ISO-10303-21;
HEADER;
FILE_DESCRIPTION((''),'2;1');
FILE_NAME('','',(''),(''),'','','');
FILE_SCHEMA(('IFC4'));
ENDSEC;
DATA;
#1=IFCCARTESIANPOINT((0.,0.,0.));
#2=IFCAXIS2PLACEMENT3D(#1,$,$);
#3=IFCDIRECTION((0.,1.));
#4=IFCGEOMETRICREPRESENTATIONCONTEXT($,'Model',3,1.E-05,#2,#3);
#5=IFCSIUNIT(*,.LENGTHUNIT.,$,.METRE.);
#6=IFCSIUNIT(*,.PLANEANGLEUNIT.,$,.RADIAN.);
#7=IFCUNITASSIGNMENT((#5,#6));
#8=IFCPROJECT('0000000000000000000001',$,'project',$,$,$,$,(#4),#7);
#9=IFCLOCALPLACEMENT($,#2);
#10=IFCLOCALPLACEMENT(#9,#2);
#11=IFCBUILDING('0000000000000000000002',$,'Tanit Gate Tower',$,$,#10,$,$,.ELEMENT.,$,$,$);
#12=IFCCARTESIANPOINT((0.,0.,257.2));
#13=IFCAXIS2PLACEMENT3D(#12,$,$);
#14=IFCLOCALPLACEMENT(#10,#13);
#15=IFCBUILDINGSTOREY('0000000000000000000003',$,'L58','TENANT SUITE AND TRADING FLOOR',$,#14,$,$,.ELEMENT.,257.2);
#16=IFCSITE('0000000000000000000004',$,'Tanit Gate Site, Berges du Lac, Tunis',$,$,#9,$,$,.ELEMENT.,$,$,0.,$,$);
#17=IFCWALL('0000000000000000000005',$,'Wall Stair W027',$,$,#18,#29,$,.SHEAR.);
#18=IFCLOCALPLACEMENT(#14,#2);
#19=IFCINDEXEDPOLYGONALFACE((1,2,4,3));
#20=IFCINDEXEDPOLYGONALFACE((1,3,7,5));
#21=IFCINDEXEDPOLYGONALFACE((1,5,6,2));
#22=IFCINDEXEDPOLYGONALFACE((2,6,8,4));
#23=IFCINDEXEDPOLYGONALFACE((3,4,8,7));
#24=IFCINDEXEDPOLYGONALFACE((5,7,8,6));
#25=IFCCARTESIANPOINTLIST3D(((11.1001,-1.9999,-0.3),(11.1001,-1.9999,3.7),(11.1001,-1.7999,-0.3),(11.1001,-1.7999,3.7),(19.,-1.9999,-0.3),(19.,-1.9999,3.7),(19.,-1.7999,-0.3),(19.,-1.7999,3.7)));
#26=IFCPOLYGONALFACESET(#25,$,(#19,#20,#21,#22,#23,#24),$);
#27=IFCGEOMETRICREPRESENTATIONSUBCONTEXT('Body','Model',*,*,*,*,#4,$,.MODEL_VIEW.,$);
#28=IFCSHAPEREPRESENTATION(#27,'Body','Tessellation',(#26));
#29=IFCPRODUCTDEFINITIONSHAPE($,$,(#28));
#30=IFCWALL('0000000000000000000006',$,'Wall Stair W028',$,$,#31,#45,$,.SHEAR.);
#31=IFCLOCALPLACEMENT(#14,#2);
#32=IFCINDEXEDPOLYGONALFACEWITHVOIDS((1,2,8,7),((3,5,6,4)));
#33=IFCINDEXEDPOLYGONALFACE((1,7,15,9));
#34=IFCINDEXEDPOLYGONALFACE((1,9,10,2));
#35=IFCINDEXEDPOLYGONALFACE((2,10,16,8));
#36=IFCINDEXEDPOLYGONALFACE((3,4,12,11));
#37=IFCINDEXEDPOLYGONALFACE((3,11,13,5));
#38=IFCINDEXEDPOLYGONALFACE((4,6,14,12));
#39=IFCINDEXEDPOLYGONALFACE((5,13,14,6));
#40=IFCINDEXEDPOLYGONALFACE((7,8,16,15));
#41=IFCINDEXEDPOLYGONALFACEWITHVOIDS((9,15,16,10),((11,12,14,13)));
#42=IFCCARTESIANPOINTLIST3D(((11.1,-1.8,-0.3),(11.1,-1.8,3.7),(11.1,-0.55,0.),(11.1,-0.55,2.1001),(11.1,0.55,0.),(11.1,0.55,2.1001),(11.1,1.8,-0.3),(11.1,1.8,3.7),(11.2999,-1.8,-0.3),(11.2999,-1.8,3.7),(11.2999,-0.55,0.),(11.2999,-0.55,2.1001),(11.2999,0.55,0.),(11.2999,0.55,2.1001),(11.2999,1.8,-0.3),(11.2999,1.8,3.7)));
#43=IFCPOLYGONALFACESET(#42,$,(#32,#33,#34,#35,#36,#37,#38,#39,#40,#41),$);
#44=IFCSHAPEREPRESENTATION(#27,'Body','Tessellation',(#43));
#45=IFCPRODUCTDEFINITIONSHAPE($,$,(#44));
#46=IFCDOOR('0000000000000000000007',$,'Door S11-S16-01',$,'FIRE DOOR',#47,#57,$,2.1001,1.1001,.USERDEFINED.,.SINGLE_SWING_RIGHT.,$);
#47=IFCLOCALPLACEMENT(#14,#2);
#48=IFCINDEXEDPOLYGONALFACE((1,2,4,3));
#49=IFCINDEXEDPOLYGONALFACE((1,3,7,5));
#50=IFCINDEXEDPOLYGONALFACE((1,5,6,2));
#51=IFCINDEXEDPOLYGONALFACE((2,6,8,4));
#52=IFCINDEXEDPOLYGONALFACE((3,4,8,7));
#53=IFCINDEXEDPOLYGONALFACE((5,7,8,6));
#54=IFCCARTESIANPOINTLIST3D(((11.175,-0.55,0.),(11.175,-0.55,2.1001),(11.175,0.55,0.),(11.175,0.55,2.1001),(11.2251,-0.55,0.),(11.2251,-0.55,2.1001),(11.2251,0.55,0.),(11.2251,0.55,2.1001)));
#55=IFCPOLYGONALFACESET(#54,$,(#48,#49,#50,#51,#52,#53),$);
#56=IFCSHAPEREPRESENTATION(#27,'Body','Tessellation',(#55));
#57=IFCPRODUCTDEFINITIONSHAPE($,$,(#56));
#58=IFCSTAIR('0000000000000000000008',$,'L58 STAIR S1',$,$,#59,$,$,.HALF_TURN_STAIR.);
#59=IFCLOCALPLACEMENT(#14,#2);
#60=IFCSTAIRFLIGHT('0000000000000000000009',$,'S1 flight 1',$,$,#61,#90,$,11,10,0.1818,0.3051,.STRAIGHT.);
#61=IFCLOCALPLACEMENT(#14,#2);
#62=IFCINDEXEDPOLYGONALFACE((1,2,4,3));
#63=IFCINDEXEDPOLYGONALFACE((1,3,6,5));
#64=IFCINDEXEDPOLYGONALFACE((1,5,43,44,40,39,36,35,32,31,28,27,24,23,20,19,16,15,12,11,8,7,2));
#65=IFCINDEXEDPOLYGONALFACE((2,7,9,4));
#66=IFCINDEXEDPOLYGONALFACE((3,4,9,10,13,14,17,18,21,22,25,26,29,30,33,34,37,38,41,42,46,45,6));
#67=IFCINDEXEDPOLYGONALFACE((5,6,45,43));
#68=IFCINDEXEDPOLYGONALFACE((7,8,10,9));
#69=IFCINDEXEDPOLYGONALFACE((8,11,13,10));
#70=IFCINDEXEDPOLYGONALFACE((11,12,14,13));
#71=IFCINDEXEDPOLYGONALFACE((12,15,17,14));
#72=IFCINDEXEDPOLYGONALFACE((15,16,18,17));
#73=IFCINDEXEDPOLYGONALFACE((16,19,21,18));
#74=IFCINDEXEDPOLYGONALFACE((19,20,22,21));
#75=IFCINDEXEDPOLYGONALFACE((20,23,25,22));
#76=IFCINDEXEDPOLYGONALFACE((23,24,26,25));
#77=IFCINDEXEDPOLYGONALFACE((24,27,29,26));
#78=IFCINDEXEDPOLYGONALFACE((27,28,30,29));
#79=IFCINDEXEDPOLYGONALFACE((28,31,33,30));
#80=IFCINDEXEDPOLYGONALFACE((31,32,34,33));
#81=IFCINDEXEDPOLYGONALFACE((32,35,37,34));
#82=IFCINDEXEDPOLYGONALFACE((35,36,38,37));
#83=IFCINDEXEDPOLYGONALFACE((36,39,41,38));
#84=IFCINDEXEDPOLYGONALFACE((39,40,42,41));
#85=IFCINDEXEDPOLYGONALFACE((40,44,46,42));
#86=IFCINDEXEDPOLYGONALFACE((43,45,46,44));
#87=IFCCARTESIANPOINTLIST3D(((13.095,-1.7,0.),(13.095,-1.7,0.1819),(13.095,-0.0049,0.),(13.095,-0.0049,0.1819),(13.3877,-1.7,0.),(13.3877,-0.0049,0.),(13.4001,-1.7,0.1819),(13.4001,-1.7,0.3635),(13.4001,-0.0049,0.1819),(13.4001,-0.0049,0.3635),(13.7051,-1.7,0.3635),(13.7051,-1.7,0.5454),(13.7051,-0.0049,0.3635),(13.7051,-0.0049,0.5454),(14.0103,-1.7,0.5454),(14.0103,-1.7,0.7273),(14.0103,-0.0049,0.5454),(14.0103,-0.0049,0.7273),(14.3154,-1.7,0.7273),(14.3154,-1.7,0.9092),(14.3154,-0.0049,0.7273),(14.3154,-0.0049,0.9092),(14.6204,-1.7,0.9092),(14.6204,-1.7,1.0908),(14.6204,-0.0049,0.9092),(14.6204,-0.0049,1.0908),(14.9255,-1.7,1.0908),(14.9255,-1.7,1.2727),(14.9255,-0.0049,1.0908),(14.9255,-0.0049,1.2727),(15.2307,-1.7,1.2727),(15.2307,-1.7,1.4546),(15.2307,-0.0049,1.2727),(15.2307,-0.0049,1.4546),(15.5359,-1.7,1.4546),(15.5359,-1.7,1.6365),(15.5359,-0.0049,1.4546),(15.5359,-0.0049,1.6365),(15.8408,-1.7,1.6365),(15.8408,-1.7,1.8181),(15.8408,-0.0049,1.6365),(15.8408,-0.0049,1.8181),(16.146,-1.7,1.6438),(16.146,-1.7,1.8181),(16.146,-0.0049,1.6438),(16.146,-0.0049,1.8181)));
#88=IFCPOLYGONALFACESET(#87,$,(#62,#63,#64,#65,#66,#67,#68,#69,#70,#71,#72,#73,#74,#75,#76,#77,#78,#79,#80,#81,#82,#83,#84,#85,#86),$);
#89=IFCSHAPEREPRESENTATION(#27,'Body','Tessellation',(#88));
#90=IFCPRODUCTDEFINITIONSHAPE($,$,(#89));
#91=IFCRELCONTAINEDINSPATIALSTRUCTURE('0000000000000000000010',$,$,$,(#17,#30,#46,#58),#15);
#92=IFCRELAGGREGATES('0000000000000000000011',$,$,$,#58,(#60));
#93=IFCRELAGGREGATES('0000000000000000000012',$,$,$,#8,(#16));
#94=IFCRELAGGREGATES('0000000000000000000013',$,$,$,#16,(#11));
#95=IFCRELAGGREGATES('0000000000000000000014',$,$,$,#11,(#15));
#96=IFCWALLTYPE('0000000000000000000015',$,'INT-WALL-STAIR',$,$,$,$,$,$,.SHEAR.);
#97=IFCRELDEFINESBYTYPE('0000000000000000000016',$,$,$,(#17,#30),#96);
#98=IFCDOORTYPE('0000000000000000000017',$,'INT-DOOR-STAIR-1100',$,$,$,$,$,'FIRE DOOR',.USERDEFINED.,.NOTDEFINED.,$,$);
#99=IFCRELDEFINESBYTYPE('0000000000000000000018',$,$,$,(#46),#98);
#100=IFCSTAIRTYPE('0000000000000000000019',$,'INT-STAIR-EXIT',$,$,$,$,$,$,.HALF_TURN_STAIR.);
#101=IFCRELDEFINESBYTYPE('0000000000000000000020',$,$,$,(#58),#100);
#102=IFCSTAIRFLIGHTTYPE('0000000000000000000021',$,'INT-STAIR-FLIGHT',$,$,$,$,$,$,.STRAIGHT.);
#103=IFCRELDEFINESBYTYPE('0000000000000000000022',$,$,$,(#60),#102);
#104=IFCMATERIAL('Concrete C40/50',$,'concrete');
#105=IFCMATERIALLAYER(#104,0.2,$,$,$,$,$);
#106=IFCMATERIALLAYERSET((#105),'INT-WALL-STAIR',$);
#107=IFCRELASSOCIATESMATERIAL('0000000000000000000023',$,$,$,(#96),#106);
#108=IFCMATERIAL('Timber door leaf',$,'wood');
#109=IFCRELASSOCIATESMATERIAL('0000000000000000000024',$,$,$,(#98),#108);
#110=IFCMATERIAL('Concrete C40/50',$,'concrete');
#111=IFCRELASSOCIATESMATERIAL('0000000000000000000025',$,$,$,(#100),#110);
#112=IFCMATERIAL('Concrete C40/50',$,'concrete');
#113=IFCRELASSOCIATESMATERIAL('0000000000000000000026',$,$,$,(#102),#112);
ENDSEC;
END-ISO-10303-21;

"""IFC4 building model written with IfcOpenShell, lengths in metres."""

from ifc_helpers import new_model, si_unit, direction, frame, frame_2d, origin, place, context, subcontext, project, spatial, polyline, rectangle, outline, extrude, material, layer, layer_set, type_object, element, fill, aggregate, save


model = new_model("IFC4")

# Units and contexts
model_context = context("Model", 3, precision=1e-05, world=origin(), true_north=direction((0.0, 1.0)))
body_context = subcontext(model_context, "Body", "Model", "MODEL_VIEW")
ifc_project = project(units=[si_unit("LENGTHUNIT", "METRE"), si_unit("PLANEANGLEUNIT", "RADIAN")], contexts=[model_context])

# Site, building, storey
site_placement = place(None, origin())
site = spatial("IfcSite", under=ifc_project, at=site_placement, Name="Tanit Gate Site, Berges du Lac, Tunis", CompositionType="ELEMENT", RefElevation=0.0)
building_placement = place(site_placement, origin())
building = spatial("IfcBuilding", under=site, at=building_placement, Name="Tanit Gate Tower", CompositionType="ELEMENT")
storey_placement = place(building_placement, frame((0.0, 0.0, 257.2)))
storey = spatial("IfcBuildingStorey", under=building, at=storey_placement, Name="L58", Description="TENANT SUITE AND TRADING FLOOR", CompositionType="ELEMENT", Elevation=257.2)

# Wall
ifc_material_1 = material(Name="Concrete C40/50", Category="concrete")
ifc_layer_1 = layer(ifc_material_1, 0.2)
ifc_layer_set_1 = layer_set([ifc_layer_1], Name="INT-WALL-STAIR")
wall_type_1 = type_object("IfcWallType", Name="INT-WALL-STAIR", PredefinedType="SHEAR", material=ifc_layer_set_1)
wall_1_placement = place(storey_placement, frame((11.1001, -1.8999, -0.3), z_axis=(0.0, 0.0, 1.0), x_axis=(1.0, 0.0, 0.0)))
element("IfcWall", 1, at=wall_1_placement, inside=storey, type_object=wall_type_1, Name="Wall Stair W027", PredefinedType="SHEAR", context=body_context, shape_type="SweptSolid", body=[
    extrude(rectangle(XDim=7.8999, YDim=0.2, at=frame_2d((3.95, 0.0))), origin(), (0.0, 0.0, 1.0), 4.0),
])

# Wall, opening, door
wall_2_placement = place(storey_placement, frame((11.2, -1.8, -0.3), z_axis=(0.0, 0.0, 1.0), x_axis=(0.0, 1.0, 0.0)))
wall_2 = element("IfcWall", 2, at=wall_2_placement, inside=storey, type_object=wall_type_1, Name="Wall Stair W028", PredefinedType="SHEAR", context=body_context, shape_type="SweptSolid", body=[
    extrude(rectangle(XDim=3.6001, YDim=0.2, at=frame_2d((1.8, 0.0))), origin(), (0.0, 0.0, 1.0), 4.0),
])
opening_1_placement = place(wall_2_placement, frame((1.25, 0.0, 0.3)))
opening_1 = element("IfcOpeningElement", 3, at=opening_1_placement, cuts=wall_2, PredefinedType="OPENING", context=body_context, shape_type="SweptSolid", body=[
    extrude(rectangle(XDim=1.1001, YDim=2.1001, at=frame_2d((0.55, 1.05))), frame((0.0, 0.1099, 0.0), z_axis=(0.0, -1.0, 0.0), x_axis=(1.0, 0.0, 0.0)), (0.0, 0.0, 1.0), 0.22),
])
ifc_material_2 = material(Name="Timber door leaf", Category="wood")
door_type_1 = type_object("IfcDoorType", Name="INT-DOOR-STAIR-1100", ElementType="FIRE DOOR", OperationType="NOTDEFINED", PredefinedType="USERDEFINED", material=ifc_material_2)
door_1_placement = place(opening_1_placement, origin())
door_1 = element("IfcDoor", 4, at=door_1_placement, inside=storey, type_object=door_type_1, Name="Door S11-S16-01", ObjectType="FIRE DOOR", OperationType="SINGLE_SWING_RIGHT", OverallHeight=2.1001, OverallWidth=1.1001, PredefinedType="USERDEFINED", context=body_context, shape_type="SweptSolid", body=[
    extrude(rectangle(XDim=1.1001, YDim=2.1001, at=frame_2d((0.55, 1.05))), frame((0.0, 0.0249, 0.0), z_axis=(0.0, -1.0, 0.0), x_axis=(1.0, 0.0, 0.0)), (0.0, 0.0, 1.0), 0.05),
])
fill(opening_1, door_1)

# Stair, stair flight
ifc_material_3 = material(Name="Concrete C40/50", Category="concrete")
stair_type = type_object("IfcStairType", Name="INT-STAIR-EXIT", PredefinedType="HALF_TURN_STAIR", material=ifc_material_3)
stair_placement = place(storey_placement, origin())
stair = element("IfcStair", 5, at=stair_placement, inside=storey, type_object=stair_type, Name="L58 STAIR S1", PredefinedType="HALF_TURN_STAIR")
ifc_material_4 = material(Name="Concrete C40/50", Category="concrete")
stair_flight_type = type_object("IfcStairFlightType", Name="INT-STAIR-FLIGHT", PredefinedType="STRAIGHT", material=ifc_material_4)
stair_flight_placement = place(storey_placement, frame((13.095, -0.8525, 0.0), z_axis=(0.0, 0.0, 1.0), x_axis=(1.0, 0.0, 0.0)))
stair_flight = element("IfcStairFlight", 6, at=stair_flight_placement, type_object=stair_flight_type, Name="S1 flight 1", NumberOfRisers=11, NumberOfTreads=10, PredefinedType="STRAIGHT", RiserHeight=0.1818, TreadLength=0.3051, context=body_context, shape_type="SweptSolid", body=[
    extrude(outline(polyline([(0.0, 0.0), (0.0, 0.1819), (0.3052, 0.1819), (0.3052, 0.3635), (0.6101, 0.3635), (0.6101, 0.5454), (0.9153, 0.5454), (0.9153, 0.7273), (1.2205, 0.7273), (1.2205, 0.9092), (1.5254, 0.9092), (1.5254, 1.0908), (1.8306, 1.0908), (1.8306, 1.2727), (2.1357, 1.2727), (2.1357, 1.4546), (2.4409, 1.4546), (2.4409, 1.6365), (2.7458, 1.6365), (2.7458, 1.8181), (3.051, 1.8181), (3.051, 2.0), (3.051, 1.6438), (0.2927, 0.0), (0.0, 0.0)])), frame((0.0, 0.8477, 0.0), z_axis=(0.0, -1.0, 0.0), x_axis=(1.0, 0.0, 0.0)), (0.0, 0.0, 1.0), 1.6951),
])
aggregate(stair, [stair_flight])

save(model, "model.ifc")
